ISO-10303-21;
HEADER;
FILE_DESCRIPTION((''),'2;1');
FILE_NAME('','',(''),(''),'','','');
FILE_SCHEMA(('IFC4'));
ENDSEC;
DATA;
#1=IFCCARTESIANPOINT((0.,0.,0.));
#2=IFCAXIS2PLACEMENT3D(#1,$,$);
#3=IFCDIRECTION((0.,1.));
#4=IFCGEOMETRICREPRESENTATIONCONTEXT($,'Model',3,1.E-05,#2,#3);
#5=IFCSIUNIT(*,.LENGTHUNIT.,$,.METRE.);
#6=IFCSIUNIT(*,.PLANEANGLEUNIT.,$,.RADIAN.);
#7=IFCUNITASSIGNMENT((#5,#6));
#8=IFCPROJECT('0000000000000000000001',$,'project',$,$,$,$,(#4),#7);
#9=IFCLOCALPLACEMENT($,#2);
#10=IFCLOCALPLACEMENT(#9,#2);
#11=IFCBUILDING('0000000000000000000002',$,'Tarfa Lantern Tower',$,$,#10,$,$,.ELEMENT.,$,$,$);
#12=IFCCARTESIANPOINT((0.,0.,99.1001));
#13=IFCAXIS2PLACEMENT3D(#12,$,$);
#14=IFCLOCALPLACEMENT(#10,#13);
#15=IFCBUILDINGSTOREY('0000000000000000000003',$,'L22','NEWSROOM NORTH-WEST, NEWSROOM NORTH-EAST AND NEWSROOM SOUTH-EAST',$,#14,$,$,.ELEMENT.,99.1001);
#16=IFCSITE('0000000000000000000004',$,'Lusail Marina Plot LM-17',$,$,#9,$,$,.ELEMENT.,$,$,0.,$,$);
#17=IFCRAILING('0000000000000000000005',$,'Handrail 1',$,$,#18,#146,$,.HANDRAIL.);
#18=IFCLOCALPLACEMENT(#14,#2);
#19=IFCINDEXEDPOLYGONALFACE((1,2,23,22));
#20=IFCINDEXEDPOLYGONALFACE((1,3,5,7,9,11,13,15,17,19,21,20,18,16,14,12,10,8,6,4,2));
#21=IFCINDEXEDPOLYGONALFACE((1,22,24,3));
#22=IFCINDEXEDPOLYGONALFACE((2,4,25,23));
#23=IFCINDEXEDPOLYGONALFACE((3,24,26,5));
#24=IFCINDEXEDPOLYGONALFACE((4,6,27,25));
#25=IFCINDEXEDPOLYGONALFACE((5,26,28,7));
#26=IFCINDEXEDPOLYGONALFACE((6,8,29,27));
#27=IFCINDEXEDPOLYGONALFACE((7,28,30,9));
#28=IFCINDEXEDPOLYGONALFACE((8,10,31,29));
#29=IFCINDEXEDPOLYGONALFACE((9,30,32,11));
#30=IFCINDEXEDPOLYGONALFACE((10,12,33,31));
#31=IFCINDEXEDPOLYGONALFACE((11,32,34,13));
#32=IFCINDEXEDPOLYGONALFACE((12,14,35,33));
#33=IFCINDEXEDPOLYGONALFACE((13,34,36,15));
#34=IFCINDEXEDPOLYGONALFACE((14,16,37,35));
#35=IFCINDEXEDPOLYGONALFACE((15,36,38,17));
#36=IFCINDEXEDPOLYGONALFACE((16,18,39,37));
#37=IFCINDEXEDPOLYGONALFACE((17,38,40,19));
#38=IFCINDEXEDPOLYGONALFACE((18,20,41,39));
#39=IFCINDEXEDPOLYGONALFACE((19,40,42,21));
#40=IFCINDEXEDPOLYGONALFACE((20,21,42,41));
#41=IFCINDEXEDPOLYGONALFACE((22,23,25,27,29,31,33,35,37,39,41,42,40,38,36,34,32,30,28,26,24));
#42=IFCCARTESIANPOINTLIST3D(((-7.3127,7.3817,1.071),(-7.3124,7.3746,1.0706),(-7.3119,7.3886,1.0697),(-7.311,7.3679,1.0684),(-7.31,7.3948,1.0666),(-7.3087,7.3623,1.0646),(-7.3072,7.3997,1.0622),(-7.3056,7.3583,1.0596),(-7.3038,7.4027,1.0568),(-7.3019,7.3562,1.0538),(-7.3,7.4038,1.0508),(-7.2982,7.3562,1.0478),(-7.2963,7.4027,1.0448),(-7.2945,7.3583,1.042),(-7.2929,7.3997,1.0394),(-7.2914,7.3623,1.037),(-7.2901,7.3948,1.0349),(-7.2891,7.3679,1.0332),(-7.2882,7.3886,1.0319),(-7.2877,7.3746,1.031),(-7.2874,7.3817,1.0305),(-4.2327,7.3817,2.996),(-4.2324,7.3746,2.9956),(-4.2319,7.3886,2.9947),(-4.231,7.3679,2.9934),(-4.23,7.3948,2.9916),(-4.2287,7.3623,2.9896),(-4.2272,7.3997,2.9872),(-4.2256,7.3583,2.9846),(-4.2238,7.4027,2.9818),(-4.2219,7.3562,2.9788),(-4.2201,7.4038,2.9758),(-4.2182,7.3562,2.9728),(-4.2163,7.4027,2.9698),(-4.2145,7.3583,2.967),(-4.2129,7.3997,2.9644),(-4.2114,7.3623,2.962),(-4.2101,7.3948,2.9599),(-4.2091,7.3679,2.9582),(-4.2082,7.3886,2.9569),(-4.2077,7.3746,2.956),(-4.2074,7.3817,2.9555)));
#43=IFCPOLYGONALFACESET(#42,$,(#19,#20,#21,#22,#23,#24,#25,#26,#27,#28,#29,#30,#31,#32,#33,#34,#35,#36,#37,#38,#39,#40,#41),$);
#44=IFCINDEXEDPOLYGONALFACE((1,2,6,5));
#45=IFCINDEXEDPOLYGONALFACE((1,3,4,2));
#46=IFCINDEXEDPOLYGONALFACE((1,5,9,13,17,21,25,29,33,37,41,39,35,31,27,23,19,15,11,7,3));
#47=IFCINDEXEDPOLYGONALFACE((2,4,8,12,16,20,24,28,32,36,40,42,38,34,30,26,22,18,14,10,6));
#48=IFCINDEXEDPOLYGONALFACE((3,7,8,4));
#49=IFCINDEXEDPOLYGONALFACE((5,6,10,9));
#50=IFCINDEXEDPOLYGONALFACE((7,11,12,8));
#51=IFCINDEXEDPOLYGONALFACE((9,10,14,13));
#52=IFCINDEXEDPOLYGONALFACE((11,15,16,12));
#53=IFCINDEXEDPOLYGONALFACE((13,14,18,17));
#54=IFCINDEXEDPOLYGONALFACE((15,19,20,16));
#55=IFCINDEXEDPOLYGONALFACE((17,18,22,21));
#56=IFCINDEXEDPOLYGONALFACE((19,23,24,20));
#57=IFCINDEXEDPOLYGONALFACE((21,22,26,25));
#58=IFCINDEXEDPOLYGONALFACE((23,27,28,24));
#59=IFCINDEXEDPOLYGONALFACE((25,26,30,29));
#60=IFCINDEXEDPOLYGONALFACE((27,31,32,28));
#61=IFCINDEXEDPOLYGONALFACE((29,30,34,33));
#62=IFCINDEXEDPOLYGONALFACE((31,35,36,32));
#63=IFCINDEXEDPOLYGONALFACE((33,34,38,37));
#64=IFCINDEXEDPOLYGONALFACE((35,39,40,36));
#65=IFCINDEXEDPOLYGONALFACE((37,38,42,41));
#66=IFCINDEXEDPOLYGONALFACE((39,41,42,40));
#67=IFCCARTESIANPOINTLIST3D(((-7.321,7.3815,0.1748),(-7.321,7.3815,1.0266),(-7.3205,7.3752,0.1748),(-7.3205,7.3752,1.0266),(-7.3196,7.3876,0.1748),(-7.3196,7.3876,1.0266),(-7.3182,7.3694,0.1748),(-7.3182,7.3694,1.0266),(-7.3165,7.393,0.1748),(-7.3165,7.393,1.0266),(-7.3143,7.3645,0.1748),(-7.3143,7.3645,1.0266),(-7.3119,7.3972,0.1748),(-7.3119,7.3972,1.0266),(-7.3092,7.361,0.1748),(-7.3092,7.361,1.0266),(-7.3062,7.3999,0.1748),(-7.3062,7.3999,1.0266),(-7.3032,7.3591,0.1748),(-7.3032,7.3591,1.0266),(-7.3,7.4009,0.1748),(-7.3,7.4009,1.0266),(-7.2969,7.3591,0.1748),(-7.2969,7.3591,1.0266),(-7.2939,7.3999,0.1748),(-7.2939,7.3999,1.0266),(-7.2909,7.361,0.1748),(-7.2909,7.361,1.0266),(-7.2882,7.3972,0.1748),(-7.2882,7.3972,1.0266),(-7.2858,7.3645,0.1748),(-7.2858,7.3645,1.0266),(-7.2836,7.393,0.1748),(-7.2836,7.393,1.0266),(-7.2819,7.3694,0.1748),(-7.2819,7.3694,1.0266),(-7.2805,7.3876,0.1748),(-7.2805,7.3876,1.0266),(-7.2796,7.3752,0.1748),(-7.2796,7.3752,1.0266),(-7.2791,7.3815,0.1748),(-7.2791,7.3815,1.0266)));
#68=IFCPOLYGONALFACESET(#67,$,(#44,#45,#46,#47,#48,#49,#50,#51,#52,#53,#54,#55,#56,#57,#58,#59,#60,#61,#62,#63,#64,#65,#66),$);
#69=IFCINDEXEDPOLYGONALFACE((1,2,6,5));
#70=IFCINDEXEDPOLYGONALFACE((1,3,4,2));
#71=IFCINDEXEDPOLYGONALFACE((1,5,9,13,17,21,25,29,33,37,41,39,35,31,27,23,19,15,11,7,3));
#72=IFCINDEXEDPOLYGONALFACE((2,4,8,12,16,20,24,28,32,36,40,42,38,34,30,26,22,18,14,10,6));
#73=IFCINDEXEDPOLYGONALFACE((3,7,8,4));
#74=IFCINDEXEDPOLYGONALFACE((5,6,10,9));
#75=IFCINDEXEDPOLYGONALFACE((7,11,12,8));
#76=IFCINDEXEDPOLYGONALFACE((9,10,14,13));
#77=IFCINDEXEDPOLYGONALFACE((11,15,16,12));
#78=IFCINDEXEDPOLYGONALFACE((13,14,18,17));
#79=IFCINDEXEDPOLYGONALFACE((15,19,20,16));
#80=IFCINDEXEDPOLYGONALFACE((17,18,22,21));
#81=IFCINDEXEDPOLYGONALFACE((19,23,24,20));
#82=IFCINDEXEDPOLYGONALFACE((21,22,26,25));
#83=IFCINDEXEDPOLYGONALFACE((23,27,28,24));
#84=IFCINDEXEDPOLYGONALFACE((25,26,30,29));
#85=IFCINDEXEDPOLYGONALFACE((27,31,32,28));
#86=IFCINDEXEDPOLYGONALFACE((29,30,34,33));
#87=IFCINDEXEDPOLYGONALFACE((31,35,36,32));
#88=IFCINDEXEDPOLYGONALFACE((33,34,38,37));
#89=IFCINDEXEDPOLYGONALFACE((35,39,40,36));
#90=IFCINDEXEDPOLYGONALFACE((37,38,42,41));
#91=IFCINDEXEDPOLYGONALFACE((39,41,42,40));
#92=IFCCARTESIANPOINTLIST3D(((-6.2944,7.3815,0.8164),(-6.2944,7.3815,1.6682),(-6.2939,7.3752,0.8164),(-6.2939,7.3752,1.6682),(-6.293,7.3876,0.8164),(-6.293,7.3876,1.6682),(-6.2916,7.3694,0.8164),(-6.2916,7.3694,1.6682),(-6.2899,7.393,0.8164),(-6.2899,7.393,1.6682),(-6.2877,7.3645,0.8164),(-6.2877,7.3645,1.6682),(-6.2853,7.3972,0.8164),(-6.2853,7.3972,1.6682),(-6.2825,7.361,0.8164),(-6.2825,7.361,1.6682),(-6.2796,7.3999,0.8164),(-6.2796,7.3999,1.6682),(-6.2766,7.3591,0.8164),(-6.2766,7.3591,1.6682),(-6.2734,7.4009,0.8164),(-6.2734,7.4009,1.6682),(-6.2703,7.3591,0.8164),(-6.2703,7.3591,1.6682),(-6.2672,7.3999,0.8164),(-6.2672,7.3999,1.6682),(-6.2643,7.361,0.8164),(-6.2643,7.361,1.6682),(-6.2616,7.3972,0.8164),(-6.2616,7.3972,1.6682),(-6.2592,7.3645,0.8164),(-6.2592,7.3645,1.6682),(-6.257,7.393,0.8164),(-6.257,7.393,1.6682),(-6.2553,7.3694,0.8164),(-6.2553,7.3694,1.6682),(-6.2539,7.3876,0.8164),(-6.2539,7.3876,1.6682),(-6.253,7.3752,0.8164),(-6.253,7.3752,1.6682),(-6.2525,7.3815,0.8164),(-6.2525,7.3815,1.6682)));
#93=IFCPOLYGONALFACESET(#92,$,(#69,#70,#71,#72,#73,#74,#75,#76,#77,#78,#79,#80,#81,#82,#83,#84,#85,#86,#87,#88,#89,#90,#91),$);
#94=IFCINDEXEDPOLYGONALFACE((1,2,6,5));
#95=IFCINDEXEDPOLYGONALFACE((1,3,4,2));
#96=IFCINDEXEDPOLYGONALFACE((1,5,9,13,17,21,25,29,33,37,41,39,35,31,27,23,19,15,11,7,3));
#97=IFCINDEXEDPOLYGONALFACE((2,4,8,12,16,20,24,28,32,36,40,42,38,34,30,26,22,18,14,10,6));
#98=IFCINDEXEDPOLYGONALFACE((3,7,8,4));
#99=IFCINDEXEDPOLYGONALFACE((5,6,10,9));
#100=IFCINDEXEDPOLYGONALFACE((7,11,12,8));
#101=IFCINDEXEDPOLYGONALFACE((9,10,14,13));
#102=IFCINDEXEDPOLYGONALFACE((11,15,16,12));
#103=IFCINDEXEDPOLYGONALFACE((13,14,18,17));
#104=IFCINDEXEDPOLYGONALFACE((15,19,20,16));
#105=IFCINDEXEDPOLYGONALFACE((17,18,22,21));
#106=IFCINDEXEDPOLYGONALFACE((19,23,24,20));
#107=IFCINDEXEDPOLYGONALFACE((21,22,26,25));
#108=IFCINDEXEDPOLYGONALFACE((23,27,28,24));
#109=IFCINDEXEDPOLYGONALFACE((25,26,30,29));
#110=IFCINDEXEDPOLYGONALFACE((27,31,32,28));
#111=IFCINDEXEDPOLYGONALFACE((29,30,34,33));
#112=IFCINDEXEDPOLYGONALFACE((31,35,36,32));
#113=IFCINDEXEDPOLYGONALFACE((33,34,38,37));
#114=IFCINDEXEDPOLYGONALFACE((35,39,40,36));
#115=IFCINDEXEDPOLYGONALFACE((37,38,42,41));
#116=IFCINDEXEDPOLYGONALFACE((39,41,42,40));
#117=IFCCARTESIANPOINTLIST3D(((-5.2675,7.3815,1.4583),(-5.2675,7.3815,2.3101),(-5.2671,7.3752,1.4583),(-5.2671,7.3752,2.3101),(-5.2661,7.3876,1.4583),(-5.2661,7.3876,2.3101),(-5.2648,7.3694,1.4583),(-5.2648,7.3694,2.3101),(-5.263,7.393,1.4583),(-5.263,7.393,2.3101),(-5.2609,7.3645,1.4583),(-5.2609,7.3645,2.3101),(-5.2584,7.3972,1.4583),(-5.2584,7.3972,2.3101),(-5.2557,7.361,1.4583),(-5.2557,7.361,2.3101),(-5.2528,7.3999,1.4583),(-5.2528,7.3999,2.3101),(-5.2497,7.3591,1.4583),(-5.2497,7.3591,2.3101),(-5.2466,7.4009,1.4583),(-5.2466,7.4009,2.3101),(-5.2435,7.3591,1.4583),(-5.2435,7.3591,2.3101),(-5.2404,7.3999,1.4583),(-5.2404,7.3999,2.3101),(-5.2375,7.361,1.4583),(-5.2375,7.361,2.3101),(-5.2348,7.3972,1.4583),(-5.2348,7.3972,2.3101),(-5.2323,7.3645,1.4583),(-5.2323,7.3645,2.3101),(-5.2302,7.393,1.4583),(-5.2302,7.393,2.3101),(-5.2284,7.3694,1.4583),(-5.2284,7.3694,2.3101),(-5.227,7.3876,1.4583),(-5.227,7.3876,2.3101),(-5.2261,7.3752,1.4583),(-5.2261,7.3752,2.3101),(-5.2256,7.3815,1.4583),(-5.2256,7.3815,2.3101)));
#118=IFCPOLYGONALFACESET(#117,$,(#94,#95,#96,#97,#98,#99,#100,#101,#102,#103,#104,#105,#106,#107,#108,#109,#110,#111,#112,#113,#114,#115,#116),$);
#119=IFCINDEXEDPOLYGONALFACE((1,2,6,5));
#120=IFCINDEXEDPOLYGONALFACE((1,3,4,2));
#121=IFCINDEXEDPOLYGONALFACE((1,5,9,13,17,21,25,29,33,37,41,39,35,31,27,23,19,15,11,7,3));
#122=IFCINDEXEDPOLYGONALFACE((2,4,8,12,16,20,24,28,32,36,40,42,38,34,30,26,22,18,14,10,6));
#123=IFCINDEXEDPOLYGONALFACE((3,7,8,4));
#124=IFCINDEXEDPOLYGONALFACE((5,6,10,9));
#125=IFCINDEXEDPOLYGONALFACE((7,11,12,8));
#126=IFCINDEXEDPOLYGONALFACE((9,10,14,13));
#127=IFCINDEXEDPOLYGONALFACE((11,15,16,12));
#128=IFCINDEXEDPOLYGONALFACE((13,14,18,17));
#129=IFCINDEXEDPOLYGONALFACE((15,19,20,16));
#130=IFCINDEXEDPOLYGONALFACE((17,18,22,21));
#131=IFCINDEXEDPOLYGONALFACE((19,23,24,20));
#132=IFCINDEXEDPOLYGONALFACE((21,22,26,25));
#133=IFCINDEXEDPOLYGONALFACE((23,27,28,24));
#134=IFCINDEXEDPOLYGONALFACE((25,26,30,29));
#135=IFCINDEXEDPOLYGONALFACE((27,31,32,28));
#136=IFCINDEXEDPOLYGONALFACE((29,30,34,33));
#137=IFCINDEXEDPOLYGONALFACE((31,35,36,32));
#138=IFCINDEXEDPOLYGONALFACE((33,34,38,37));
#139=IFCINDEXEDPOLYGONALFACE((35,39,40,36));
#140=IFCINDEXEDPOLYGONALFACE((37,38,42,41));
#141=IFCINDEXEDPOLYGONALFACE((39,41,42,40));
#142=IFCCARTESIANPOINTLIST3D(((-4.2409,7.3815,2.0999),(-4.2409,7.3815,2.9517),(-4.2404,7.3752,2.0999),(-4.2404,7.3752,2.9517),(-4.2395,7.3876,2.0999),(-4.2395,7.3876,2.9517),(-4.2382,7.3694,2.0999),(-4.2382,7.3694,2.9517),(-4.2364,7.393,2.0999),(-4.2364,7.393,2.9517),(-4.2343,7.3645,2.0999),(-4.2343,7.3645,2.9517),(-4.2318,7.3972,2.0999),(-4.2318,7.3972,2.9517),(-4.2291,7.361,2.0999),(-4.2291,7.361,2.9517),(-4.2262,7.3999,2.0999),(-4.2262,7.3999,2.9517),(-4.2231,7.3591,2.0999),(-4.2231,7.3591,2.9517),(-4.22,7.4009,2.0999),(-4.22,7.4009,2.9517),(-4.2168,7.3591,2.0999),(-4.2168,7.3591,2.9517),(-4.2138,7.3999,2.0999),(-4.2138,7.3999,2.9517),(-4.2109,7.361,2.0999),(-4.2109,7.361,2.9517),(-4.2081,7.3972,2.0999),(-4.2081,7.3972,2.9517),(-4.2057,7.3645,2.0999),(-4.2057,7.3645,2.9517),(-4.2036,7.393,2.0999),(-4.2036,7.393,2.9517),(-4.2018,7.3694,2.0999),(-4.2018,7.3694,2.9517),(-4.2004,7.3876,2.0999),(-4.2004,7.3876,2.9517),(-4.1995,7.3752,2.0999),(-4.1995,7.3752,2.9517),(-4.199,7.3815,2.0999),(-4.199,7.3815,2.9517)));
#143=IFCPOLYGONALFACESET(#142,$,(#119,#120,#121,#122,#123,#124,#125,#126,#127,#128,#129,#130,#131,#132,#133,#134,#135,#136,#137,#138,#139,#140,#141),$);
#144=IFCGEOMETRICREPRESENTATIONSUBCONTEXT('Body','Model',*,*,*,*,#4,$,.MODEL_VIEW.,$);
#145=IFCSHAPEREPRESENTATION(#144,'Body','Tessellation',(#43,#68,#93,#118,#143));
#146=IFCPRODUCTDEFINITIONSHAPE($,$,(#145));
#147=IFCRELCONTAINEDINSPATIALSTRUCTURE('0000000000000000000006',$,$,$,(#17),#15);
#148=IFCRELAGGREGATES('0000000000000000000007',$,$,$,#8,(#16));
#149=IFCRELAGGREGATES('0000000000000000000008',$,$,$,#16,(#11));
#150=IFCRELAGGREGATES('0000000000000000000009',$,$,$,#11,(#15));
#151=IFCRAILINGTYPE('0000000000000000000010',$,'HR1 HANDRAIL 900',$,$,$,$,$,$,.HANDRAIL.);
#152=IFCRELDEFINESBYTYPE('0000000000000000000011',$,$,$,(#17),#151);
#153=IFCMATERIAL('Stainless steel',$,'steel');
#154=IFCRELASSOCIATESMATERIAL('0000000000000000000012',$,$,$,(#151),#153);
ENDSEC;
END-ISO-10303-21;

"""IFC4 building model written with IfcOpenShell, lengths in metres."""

from ifc_helpers import new_model, si_unit, direction, frame, origin, origin_2d, place, context, subcontext, project, spatial, circle, extrude, material, type_object, element, save


model = new_model("IFC4")

# Units and contexts
model_context = context("Model", 3, precision=1e-05, world=origin(), true_north=direction((0.0, 1.0)))
body_context = subcontext(model_context, "Body", "Model", "MODEL_VIEW")
ifc_project = project(units=[si_unit("LENGTHUNIT", "METRE"), si_unit("PLANEANGLEUNIT", "RADIAN")], contexts=[model_context])

# Site, building, storey
site_placement = place(None, origin())
site = spatial("IfcSite", under=ifc_project, at=site_placement, Name="Lusail Marina Plot LM-17", CompositionType="ELEMENT", RefElevation=0.0)
building_placement = place(site_placement, origin())
building = spatial("IfcBuilding", under=site, at=building_placement, Name="Tarfa Lantern Tower", CompositionType="ELEMENT")
storey_placement = place(building_placement, frame((0.0, 0.0, 99.1001)))
storey = spatial("IfcBuildingStorey", under=building, at=storey_placement, Name="L22", Description="NEWSROOM NORTH-WEST, NEWSROOM NORTH-EAST AND NEWSROOM SOUTH-EAST", CompositionType="ELEMENT", Elevation=99.1001)

# Railing
ifc_material_1 = material(Name="Stainless steel", Category="steel")
railing_type = type_object("IfcRailingType", Name="HR1 HANDRAIL 900", PredefinedType="HANDRAIL", material=ifc_material_1)
railing_1_placement = place(storey_placement, frame((-7.3, 7.3799, 0.1748)))
element("IfcRailing", 1, at=railing_1_placement, inside=storey, type_object=railing_type, Name="Handrail 1", PredefinedType="HANDRAIL", context=body_context, shape_type="SweptSolid", body=[
    extrude(circle(Radius=0.0239, at=origin_2d()), frame((0.0, 0.0, 0.876), z_axis=(0.847998, 0.0, 0.529999), x_axis=(0.0, 1.0, 0.0)), (0.0, 0.0, 1.0), 3.6321),
    extrude(circle(Radius=0.021, at=origin_2d()), frame((0.0, 0.0, 0.0), z_axis=(0.0, 0.0, 1.0), x_axis=(0.0, 1.0, 0.0)), (0.0, 0.0, 1.0), 0.8518),
    extrude(circle(Radius=0.021, at=origin_2d()), frame((1.0266, 0.0, 0.6416), z_axis=(0.0, 0.0, 1.0), x_axis=(0.0, 1.0, 0.0)), (0.0, 0.0, 1.0), 0.8518),
    extrude(circle(Radius=0.021, at=origin_2d()), frame((2.0535, 0.0, 1.2834), z_axis=(0.0, 0.0, 1.0), x_axis=(0.0, 1.0, 0.0)), (0.0, 0.0, 1.0), 0.8518),
    extrude(circle(Radius=0.021, at=origin_2d()), frame((3.0801, 0.0, 1.925), z_axis=(0.0, 0.0, 1.0), x_axis=(0.0, 1.0, 0.0)), (0.0, 0.0, 1.0), 0.8518),
])

save(model, "model.ifc")
